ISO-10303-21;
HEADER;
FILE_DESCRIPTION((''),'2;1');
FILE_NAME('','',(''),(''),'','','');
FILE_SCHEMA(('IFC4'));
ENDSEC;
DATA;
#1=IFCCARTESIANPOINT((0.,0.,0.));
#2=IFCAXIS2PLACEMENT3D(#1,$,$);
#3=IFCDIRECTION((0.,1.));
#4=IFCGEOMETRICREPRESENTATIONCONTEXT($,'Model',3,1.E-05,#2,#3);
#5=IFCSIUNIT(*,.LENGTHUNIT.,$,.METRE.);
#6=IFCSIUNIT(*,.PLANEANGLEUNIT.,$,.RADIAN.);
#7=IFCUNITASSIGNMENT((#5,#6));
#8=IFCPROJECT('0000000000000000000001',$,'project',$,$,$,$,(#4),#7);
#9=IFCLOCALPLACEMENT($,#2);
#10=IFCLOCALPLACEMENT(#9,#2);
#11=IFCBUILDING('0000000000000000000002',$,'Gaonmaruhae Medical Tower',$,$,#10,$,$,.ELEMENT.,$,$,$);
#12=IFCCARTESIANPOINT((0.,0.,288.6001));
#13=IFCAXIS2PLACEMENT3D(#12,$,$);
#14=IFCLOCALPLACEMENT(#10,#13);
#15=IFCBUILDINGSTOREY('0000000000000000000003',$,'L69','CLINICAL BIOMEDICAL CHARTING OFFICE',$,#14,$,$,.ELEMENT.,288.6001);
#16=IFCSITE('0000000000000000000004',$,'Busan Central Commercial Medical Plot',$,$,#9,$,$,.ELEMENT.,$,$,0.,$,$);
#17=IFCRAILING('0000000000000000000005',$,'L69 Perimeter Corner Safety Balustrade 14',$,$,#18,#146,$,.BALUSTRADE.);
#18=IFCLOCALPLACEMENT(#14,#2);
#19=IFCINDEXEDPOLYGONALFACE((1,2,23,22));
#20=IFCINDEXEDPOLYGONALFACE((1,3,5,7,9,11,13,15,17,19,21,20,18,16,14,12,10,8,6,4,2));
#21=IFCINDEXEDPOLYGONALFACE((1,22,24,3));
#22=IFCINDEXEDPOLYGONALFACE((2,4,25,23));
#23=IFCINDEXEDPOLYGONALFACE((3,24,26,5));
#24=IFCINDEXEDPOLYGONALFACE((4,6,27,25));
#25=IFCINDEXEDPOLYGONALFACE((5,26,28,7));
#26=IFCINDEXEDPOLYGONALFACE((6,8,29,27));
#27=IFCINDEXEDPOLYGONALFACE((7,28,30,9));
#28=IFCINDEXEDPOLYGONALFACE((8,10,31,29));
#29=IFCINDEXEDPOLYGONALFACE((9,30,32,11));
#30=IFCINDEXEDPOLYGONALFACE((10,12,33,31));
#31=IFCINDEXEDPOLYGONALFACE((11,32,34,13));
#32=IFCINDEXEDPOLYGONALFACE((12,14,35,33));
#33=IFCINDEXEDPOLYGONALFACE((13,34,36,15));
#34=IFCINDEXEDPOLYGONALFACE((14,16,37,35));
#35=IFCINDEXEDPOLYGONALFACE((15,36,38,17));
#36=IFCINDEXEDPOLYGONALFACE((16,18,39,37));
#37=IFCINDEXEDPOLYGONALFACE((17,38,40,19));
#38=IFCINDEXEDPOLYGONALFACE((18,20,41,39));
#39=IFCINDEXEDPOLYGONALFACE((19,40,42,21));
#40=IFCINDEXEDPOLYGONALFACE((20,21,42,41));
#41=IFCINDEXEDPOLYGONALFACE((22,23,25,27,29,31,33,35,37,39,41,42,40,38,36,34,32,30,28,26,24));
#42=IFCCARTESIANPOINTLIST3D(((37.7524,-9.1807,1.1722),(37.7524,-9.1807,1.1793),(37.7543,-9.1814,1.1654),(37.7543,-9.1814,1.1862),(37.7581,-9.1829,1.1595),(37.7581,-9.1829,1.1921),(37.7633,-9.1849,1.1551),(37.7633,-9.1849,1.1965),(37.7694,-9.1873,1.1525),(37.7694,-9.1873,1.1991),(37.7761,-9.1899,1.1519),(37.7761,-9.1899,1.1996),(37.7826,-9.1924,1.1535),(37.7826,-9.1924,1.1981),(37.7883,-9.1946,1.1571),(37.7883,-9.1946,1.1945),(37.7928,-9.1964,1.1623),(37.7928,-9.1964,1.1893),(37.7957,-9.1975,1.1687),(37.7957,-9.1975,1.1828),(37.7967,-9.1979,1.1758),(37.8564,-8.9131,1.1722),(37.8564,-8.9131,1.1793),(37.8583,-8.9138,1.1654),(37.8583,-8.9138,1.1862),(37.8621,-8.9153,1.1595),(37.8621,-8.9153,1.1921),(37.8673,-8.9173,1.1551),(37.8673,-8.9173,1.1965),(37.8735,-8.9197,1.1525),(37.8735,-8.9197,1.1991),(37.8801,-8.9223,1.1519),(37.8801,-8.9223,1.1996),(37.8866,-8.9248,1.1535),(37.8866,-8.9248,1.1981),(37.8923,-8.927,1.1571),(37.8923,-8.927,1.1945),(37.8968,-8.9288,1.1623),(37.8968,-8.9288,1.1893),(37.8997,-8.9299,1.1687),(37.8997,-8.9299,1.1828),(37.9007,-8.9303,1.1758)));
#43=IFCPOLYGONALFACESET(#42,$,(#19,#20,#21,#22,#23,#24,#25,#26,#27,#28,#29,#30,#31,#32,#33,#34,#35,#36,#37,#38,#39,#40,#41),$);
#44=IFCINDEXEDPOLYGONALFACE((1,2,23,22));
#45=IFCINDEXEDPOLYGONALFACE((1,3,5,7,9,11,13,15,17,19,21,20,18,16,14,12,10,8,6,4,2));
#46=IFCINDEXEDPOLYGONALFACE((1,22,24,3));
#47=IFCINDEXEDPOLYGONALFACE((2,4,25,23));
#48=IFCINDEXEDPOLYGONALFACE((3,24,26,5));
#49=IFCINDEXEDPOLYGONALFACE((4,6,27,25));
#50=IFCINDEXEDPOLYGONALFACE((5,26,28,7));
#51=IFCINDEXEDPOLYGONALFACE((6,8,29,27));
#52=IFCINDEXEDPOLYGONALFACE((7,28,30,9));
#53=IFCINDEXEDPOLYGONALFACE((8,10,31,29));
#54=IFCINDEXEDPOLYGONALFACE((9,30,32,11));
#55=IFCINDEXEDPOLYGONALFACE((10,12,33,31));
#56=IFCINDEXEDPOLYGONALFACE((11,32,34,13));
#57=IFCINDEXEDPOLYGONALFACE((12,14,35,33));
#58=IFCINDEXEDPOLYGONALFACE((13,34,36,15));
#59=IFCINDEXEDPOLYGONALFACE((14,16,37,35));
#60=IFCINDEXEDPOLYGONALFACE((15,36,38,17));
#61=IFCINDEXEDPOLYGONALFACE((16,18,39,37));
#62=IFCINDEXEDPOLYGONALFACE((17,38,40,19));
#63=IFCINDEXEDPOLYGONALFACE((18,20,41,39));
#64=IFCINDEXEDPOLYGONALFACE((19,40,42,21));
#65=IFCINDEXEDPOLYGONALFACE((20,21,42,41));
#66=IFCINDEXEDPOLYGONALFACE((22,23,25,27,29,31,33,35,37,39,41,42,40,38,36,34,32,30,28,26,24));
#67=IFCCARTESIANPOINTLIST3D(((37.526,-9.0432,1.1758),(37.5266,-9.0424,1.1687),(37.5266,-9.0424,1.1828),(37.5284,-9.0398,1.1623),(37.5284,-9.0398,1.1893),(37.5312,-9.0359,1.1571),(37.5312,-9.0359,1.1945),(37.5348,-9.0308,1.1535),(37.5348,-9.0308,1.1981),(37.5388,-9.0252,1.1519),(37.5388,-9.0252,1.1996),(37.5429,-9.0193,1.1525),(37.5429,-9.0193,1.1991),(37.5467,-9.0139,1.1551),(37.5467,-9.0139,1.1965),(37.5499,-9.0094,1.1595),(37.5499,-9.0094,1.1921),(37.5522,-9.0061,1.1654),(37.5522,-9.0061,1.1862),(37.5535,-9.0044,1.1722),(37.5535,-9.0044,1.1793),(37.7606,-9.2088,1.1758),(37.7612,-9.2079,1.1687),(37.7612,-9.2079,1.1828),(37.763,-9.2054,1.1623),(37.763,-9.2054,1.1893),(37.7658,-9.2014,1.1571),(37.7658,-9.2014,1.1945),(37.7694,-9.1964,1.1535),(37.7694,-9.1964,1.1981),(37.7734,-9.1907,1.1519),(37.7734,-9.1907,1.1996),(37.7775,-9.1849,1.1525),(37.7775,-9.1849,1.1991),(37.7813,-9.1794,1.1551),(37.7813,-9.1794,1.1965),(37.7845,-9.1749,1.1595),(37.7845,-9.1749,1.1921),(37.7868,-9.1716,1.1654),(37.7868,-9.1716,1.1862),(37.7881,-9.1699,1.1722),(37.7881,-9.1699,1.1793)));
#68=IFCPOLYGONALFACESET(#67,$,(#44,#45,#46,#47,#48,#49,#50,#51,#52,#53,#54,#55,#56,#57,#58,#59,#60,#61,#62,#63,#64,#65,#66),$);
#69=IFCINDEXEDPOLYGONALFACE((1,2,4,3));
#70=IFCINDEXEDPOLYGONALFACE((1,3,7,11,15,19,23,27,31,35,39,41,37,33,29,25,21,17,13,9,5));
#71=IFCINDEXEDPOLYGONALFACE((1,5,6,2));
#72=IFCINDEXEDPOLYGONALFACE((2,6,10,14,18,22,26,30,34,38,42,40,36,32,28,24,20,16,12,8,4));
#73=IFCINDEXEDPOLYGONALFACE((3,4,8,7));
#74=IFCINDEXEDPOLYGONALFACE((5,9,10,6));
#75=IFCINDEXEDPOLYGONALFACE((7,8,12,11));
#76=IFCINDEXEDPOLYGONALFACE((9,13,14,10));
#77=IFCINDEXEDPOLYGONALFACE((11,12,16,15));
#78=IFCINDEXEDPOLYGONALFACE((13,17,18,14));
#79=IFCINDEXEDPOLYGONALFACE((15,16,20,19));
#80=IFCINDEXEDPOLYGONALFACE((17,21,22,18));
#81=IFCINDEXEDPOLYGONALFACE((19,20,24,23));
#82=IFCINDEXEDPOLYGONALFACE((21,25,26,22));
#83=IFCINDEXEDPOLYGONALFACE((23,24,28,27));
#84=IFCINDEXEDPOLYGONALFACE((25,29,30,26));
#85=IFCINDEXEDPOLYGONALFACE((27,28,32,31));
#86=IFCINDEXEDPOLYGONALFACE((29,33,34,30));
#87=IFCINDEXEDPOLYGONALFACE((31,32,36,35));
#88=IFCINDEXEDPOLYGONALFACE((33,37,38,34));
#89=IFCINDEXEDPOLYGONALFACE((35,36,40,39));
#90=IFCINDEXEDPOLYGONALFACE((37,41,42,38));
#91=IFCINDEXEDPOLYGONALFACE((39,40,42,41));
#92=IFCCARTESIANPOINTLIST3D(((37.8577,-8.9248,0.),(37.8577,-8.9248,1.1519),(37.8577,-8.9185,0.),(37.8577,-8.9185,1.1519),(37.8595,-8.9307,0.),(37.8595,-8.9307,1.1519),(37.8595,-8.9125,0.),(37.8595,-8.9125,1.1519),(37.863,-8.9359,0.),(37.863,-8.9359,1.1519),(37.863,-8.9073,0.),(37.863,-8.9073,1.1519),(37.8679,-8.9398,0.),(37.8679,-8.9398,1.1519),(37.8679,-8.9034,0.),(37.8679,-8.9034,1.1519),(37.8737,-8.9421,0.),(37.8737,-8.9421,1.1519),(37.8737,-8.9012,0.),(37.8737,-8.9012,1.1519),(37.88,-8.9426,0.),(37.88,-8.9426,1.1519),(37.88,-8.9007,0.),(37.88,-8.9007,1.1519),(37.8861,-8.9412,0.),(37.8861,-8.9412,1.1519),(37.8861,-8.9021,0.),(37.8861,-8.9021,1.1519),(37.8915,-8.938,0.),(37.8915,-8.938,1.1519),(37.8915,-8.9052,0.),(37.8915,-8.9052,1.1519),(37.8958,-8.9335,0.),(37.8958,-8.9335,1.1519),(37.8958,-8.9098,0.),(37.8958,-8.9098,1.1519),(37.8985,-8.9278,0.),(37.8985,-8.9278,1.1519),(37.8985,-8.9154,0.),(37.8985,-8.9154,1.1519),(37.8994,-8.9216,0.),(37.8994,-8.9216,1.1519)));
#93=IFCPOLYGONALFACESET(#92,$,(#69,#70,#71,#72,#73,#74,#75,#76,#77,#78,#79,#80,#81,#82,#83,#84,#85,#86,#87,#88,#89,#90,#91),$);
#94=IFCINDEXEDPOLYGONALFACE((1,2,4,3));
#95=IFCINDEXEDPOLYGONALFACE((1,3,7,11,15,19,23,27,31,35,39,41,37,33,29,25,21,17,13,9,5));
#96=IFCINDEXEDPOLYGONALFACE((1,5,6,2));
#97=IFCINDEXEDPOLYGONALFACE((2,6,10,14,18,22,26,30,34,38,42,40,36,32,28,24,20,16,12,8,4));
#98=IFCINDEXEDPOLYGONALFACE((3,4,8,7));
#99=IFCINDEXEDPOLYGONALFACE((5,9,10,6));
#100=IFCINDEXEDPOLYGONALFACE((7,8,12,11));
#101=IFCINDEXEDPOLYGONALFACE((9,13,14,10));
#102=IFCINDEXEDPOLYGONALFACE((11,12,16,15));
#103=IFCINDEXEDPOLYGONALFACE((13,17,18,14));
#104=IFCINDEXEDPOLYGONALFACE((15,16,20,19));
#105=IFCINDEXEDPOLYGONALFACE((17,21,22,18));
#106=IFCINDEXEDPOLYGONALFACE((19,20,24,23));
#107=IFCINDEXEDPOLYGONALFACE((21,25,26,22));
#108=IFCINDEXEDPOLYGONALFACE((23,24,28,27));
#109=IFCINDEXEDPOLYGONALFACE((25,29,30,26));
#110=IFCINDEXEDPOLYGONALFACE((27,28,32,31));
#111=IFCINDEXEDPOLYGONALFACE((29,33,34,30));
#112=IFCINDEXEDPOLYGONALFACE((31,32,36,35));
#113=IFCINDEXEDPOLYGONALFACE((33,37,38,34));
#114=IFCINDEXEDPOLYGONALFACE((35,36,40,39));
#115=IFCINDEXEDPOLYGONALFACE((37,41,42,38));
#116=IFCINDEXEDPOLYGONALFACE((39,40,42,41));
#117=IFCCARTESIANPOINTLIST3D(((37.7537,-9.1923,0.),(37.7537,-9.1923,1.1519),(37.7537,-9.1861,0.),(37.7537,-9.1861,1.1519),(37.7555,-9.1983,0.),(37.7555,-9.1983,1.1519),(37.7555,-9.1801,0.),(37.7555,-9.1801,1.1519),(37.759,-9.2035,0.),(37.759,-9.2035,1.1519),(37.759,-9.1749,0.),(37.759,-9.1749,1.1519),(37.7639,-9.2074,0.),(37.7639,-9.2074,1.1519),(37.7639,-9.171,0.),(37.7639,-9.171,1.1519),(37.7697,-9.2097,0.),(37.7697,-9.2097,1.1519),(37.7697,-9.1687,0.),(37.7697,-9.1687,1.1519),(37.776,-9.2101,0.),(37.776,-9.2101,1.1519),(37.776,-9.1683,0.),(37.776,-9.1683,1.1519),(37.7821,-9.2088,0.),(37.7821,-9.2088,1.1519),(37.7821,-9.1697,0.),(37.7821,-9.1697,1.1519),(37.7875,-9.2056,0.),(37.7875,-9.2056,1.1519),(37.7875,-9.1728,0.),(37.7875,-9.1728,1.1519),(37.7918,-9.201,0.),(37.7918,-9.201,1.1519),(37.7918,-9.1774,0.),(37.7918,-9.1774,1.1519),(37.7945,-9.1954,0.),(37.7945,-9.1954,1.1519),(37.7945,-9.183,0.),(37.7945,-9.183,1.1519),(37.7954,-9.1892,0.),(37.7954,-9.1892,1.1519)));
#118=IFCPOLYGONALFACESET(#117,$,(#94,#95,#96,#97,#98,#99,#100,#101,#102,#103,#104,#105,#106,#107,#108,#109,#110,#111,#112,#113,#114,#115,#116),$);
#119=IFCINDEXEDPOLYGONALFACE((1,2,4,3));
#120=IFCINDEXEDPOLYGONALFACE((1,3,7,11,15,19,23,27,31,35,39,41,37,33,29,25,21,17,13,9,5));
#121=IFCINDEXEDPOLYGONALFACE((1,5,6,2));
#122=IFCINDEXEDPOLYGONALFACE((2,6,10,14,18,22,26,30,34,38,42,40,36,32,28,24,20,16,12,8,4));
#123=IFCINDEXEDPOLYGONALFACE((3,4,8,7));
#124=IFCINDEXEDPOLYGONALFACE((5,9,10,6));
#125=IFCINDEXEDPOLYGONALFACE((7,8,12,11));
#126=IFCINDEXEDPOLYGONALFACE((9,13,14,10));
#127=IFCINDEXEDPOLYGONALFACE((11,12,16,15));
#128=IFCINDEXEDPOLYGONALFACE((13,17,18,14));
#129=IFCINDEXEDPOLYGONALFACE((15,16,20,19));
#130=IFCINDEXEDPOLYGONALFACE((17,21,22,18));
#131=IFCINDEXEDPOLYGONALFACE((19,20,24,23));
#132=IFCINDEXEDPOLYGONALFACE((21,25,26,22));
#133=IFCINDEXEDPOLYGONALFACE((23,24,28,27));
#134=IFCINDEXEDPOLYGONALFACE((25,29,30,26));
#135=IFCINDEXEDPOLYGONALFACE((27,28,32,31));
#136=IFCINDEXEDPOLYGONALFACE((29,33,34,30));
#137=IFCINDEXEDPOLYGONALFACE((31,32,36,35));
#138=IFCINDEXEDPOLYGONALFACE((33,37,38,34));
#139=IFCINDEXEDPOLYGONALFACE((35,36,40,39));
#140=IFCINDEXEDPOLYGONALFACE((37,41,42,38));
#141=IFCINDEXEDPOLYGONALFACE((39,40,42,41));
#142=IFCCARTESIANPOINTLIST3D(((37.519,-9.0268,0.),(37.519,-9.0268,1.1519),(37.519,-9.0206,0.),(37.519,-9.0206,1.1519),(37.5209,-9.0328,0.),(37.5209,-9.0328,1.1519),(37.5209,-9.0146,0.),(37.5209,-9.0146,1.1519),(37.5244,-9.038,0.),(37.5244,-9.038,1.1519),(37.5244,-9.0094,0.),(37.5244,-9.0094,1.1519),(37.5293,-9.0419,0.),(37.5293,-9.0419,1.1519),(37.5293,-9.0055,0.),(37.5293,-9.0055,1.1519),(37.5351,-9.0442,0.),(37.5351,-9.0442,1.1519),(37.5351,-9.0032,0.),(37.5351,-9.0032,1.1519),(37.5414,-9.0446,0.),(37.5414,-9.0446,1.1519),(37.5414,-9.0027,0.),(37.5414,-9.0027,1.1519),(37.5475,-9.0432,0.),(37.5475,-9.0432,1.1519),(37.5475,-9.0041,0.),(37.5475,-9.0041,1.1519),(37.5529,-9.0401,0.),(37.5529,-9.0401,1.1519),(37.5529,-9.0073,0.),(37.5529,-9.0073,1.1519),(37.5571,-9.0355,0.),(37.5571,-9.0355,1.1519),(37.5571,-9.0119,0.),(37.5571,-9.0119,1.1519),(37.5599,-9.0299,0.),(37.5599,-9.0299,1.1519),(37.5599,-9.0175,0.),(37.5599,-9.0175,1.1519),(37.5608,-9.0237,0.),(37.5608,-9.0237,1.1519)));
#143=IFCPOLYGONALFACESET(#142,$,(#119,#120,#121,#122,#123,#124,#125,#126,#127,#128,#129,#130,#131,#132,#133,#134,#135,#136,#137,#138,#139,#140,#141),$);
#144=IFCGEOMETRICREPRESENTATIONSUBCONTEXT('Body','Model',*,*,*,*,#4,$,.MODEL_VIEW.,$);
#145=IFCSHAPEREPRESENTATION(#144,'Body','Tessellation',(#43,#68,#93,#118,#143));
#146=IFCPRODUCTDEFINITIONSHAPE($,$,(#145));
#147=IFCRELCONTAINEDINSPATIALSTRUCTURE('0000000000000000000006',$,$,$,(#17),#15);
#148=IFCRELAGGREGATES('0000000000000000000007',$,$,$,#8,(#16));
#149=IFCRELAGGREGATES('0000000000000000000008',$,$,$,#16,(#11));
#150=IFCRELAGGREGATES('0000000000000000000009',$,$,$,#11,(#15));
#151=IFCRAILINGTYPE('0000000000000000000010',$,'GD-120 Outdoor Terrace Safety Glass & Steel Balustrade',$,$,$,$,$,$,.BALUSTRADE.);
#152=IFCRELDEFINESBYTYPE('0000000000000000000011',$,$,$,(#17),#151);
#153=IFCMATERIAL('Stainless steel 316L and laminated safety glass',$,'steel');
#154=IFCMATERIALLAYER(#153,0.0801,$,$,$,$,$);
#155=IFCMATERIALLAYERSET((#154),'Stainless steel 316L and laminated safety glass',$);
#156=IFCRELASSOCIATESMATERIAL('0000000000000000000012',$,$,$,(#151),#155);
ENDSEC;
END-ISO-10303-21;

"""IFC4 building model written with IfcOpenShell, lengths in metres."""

from ifc_helpers import new_model, si_unit, direction, frame, origin, origin_2d, place, context, subcontext, project, spatial, circle, extrude, material, layer, layer_set, type_object, element, save


model = new_model("IFC4")

# Units and contexts
model_context = context("Model", 3, precision=1e-05, world=origin(), true_north=direction((0.0, 1.0)))
body_context = subcontext(model_context, "Body", "Model", "MODEL_VIEW")
ifc_project = project(units=[si_unit("LENGTHUNIT", "METRE"), si_unit("PLANEANGLEUNIT", "RADIAN")], contexts=[model_context])

# Site, building, storey
site_placement = place(None, origin())
site = spatial("IfcSite", under=ifc_project, at=site_placement, Name="Busan Central Commercial Medical Plot", CompositionType="ELEMENT", RefElevation=0.0)
building_placement = place(site_placement, origin())
building = spatial("IfcBuilding", under=site, at=building_placement, Name="Gaonmaruhae Medical Tower", CompositionType="ELEMENT")
storey_placement = place(building_placement, frame((0.0, 0.0, 288.6001)))
storey = spatial("IfcBuildingStorey", under=building, at=storey_placement, Name="L69", Description="CLINICAL BIOMEDICAL CHARTING OFFICE", CompositionType="ELEMENT", Elevation=288.6001)

# Railing
ifc_material_1 = material(Name="Stainless steel 316L and laminated safety glass", Category="steel")
ifc_layer_1 = layer(ifc_material_1, 0.0801)
ifc_layer_set_1 = layer_set([ifc_layer_1], Name="Stainless steel 316L and laminated safety glass")
railing_type = type_object("IfcRailingType", Name="GD-120 Outdoor Terrace Safety Glass & Steel Balustrade", PredefinedType="BALUSTRADE", material=ifc_layer_set_1)
railing_1_placement = place(storey_placement, frame((37.8784, -8.9216, 0.0)))
element("IfcRailing", 1, at=railing_1_placement, inside=storey, type_object=railing_type, Name="L69 Perimeter Corner Safety Balustrade 14", PredefinedType="BALUSTRADE", context=body_context, shape_type="SweptSolid", body=[
    extrude(circle(Radius=0.0239, at=origin_2d()), frame((0.0, 0.0, 1.1758), z_axis=(-0.362282, -0.932068, 0.0), x_axis=(0.932068, -0.362282, 0.0)), (0.0, 0.0, 1.0), 0.2871),
    extrude(circle(Radius=0.0239, at=origin_2d()), frame((-0.104, -0.2676, 1.1758), z_axis=(-0.817109, 0.576483, 0.0), x_axis=(-0.576483, -0.817109, 0.0)), (0.0, 0.0, 1.0), 0.2871),
    extrude(circle(Radius=0.021, at=origin_2d()), origin(), (0.0, 0.0, 1.0), 1.1519),
    extrude(circle(Radius=0.021, at=origin_2d()), frame((-0.104, -0.2676, 0.0)), (0.0, 0.0, 1.0), 1.1519),
    extrude(circle(Radius=0.021, at=origin_2d()), frame((-0.3386, -0.1021, 0.0)), (0.0, 0.0, 1.0), 1.1519),
])

save(model, "model.ifc")
